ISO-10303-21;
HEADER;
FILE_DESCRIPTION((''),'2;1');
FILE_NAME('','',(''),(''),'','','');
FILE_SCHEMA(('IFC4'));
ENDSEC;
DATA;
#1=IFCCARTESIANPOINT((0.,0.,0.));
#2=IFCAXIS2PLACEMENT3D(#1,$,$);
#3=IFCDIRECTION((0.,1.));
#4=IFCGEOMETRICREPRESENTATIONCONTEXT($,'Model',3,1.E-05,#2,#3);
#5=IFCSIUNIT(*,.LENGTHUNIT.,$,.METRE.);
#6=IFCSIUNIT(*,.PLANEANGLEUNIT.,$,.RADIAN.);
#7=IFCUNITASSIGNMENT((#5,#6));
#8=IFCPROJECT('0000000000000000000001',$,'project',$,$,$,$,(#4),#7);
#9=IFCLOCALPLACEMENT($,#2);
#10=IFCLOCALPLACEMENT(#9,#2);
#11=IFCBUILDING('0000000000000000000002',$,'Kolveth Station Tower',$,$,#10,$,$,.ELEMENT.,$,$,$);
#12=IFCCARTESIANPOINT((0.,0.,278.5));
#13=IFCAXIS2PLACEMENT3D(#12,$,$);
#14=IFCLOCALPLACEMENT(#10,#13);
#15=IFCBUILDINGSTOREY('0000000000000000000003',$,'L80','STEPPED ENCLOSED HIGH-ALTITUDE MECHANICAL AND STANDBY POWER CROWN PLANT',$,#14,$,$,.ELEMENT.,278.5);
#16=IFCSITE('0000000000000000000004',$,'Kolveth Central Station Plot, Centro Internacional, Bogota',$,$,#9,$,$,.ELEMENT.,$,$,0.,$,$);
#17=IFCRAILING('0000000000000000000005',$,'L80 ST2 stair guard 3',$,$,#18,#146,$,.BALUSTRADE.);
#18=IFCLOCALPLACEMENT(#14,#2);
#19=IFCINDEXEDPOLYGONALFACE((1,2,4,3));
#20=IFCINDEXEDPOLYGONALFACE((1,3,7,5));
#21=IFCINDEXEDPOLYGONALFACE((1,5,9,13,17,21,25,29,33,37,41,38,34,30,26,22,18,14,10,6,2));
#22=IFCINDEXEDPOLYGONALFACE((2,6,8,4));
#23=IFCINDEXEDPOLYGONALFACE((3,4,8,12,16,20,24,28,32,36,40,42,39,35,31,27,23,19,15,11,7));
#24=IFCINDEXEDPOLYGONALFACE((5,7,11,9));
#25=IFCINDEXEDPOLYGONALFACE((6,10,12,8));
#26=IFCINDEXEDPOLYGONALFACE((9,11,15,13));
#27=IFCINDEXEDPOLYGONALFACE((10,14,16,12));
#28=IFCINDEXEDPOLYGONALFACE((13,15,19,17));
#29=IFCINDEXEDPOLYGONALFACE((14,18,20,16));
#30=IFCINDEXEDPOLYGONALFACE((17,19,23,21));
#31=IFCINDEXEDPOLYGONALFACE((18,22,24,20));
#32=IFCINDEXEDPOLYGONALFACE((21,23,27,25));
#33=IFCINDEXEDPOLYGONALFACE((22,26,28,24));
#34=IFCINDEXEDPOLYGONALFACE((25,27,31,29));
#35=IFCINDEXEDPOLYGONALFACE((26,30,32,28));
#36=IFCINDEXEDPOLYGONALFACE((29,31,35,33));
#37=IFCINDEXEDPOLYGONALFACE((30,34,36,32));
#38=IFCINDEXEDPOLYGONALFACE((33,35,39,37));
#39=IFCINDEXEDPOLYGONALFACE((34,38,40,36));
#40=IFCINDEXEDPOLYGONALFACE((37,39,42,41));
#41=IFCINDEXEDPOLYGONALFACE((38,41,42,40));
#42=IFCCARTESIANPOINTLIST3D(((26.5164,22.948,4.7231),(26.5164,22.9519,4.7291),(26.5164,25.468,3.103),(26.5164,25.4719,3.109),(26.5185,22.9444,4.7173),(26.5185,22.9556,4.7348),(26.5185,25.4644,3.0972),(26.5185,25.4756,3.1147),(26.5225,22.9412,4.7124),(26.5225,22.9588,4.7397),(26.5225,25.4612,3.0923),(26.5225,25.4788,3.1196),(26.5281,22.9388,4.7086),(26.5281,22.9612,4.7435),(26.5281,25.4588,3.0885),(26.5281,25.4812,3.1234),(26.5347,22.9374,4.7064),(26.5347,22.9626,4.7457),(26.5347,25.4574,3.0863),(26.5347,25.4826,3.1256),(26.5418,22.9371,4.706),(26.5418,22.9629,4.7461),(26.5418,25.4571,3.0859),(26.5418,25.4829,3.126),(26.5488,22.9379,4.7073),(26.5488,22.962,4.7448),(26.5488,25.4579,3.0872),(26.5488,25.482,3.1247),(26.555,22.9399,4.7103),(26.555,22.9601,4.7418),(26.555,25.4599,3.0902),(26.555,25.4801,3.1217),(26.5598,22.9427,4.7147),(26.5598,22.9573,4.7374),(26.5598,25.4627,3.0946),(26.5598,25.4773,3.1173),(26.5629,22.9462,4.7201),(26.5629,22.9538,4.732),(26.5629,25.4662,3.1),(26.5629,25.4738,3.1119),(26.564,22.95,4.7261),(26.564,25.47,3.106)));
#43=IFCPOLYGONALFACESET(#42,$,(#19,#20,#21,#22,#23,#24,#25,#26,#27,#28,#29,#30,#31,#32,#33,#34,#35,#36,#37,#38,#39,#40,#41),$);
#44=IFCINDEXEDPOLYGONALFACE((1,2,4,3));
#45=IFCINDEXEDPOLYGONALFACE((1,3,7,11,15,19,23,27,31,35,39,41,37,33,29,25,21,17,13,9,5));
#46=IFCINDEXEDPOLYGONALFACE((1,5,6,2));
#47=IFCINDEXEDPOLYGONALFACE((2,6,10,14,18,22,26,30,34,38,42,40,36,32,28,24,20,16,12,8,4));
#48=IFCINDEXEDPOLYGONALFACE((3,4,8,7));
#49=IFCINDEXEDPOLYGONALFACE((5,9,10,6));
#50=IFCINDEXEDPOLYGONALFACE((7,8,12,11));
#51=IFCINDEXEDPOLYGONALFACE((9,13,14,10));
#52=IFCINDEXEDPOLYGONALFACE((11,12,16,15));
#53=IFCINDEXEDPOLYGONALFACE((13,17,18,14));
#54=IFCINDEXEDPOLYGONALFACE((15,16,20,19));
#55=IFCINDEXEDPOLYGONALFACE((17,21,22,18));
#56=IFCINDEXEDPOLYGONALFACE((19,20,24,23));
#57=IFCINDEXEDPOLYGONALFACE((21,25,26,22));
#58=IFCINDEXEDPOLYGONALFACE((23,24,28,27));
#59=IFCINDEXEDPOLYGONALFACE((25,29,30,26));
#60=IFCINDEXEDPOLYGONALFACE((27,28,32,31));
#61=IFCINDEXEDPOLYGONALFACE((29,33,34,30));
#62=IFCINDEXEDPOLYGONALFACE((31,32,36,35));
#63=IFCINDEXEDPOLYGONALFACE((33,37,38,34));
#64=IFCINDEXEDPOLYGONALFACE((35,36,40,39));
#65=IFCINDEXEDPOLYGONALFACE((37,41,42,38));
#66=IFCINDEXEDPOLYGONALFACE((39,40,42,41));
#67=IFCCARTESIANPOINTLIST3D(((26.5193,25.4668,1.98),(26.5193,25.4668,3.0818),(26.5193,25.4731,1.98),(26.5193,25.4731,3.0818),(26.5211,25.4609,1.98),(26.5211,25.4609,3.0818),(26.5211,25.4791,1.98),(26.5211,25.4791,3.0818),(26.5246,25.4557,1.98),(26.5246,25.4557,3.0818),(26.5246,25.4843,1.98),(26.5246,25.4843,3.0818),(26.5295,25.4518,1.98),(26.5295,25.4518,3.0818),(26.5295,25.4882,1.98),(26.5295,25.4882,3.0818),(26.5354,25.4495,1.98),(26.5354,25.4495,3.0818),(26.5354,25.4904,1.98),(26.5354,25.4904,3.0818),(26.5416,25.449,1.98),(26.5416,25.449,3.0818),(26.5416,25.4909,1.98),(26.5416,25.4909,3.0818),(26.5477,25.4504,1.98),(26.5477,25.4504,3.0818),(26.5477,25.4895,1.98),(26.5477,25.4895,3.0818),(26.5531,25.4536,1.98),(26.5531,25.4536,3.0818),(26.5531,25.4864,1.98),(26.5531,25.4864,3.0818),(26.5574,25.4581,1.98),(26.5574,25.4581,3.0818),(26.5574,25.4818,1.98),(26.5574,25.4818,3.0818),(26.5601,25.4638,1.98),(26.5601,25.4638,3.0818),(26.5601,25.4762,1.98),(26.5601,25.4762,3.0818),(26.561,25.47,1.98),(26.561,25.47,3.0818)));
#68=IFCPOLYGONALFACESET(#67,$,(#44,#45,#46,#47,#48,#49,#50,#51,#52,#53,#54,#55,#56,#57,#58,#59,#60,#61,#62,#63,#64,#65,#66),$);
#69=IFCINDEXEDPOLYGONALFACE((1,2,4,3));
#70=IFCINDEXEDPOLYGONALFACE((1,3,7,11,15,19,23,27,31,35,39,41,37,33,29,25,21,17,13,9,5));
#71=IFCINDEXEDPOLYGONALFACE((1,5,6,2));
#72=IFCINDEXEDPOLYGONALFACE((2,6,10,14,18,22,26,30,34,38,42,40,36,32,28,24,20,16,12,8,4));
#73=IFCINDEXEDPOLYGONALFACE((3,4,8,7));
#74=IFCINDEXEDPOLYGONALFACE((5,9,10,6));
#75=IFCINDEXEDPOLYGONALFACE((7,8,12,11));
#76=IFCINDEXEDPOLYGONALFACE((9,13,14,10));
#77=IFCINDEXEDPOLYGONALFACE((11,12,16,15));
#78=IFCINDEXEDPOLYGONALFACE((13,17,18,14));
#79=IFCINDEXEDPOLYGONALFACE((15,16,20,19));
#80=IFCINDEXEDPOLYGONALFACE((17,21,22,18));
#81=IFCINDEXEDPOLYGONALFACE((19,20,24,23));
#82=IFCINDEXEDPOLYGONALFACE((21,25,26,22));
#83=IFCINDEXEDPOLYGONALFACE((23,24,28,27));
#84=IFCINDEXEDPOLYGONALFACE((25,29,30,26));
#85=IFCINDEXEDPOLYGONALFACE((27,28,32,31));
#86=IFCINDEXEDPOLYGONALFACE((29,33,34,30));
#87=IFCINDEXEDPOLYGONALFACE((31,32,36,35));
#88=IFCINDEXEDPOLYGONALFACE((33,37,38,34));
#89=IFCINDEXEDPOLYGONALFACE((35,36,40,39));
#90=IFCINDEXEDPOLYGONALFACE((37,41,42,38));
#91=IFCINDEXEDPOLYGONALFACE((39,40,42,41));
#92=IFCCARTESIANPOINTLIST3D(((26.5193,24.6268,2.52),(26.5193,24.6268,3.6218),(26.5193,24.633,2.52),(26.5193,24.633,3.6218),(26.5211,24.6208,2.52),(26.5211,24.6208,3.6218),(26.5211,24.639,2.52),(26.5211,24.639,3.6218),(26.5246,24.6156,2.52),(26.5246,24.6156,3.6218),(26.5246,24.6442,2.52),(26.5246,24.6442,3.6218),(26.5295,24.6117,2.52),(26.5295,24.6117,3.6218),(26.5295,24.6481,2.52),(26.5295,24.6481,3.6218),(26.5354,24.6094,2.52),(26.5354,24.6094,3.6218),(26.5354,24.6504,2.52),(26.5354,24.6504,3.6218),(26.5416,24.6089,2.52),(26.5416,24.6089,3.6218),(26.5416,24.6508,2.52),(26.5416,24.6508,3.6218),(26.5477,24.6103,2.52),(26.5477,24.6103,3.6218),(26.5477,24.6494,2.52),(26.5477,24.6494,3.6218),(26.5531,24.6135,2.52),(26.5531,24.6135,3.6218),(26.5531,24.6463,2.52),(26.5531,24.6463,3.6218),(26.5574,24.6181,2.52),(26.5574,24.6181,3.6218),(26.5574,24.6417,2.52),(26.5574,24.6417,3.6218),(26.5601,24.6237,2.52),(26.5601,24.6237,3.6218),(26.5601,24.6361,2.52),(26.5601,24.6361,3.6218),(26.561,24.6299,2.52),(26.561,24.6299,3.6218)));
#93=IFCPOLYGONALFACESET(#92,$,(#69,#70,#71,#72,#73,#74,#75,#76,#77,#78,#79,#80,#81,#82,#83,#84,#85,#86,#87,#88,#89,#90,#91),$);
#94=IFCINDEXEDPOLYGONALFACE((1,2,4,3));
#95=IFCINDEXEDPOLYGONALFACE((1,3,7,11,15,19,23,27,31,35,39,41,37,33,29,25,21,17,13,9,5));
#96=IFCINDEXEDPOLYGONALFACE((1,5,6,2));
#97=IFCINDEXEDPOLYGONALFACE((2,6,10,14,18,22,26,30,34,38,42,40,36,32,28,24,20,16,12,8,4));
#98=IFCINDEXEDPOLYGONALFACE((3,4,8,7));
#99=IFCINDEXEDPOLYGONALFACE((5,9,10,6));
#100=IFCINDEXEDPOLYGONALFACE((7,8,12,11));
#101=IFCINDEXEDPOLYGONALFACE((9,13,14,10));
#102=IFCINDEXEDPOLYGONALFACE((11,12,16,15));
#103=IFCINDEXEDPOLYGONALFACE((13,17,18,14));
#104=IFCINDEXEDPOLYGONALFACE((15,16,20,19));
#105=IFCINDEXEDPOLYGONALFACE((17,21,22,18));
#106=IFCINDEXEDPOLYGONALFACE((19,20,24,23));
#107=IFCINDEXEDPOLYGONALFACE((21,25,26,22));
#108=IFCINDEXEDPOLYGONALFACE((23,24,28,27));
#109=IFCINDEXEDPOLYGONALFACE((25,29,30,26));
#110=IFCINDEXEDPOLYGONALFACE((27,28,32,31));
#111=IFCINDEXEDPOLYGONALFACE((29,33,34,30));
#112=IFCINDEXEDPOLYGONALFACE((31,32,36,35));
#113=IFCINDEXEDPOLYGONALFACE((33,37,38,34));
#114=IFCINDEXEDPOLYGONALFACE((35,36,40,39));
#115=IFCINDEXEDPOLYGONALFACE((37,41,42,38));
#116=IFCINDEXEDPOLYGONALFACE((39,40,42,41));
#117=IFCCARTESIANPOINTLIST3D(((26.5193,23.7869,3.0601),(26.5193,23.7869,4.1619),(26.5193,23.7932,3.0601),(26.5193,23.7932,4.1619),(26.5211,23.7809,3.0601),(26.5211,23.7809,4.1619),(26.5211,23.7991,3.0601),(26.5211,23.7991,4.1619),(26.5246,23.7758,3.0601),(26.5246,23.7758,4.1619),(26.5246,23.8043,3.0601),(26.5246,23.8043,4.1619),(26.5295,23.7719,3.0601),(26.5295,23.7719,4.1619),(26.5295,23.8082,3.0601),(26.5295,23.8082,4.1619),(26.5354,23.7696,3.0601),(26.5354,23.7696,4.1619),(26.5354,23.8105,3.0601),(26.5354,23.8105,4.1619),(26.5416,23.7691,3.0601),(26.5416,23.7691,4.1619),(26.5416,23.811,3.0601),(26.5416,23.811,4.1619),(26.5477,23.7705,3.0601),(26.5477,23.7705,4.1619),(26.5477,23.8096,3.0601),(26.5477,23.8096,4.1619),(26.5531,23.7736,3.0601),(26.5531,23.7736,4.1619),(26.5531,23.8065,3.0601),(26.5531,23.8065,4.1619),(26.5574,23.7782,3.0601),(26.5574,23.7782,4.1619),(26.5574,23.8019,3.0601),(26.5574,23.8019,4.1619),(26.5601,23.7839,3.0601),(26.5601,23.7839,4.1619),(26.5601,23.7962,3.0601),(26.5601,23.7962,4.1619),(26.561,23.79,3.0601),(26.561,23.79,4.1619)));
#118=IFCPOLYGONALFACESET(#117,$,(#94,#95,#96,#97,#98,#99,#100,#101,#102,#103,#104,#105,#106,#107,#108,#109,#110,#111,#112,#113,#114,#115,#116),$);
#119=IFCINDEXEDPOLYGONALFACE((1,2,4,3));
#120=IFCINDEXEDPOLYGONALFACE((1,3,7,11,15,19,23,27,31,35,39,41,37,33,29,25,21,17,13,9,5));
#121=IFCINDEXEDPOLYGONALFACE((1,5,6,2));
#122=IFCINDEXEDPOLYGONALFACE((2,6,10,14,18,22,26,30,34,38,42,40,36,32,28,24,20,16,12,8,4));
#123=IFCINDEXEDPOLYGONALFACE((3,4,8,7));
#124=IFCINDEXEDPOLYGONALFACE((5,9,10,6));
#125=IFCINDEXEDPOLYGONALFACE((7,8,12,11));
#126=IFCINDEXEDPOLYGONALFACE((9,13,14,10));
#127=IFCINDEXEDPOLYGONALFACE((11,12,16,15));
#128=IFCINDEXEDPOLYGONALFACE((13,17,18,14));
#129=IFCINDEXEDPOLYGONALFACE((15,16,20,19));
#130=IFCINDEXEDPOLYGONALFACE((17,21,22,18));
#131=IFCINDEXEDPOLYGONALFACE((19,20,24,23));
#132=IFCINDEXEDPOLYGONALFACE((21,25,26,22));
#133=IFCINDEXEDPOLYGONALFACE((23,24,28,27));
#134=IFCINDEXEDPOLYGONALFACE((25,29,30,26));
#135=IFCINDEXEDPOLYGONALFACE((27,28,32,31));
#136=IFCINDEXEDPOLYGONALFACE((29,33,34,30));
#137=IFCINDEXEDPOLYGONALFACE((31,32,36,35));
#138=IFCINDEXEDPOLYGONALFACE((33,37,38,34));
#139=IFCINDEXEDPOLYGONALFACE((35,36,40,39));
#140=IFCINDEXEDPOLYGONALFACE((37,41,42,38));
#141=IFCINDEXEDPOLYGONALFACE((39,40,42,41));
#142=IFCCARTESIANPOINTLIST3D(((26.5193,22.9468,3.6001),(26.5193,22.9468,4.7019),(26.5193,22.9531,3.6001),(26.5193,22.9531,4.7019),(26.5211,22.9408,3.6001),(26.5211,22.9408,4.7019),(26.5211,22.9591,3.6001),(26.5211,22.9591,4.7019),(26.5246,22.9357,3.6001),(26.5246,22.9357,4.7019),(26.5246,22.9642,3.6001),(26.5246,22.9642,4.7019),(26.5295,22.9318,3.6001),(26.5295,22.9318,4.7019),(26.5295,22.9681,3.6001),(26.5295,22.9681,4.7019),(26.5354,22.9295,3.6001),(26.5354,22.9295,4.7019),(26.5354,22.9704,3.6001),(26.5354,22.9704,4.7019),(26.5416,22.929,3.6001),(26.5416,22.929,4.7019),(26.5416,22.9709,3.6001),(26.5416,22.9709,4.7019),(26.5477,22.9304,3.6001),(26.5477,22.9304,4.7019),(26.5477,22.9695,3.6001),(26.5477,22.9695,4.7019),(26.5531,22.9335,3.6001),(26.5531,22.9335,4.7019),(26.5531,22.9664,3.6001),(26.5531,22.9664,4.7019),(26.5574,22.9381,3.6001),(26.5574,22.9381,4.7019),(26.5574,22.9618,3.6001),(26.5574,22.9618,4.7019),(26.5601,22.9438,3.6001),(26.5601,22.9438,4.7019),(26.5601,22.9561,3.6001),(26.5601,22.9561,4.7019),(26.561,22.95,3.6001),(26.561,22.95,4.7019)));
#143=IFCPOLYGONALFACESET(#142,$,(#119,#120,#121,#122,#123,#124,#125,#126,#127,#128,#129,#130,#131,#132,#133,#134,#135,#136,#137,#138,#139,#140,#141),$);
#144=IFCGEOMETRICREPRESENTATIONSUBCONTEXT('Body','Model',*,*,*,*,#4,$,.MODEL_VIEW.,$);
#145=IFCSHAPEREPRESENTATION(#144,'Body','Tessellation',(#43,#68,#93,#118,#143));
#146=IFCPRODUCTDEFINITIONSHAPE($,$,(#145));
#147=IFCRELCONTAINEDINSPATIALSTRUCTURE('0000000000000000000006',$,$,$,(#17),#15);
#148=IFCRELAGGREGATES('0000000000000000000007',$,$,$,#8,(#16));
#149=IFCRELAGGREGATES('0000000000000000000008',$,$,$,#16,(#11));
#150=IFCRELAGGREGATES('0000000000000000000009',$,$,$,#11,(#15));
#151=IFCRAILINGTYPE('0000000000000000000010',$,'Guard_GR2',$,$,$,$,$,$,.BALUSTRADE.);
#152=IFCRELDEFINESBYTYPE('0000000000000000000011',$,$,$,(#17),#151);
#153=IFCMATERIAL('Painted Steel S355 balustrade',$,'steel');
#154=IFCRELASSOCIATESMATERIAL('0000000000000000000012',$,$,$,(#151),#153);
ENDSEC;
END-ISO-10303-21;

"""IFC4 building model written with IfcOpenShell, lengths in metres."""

from ifc_helpers import new_model, si_unit, direction, frame, origin, origin_2d, place, context, subcontext, project, spatial, circle, extrude, material, type_object, element, save


model = new_model("IFC4")

# Units and contexts
model_context = context("Model", 3, precision=1e-05, world=origin(), true_north=direction((0.0, 1.0)))
body_context = subcontext(model_context, "Body", "Model", "MODEL_VIEW")
ifc_project = project(units=[si_unit("LENGTHUNIT", "METRE"), si_unit("PLANEANGLEUNIT", "RADIAN")], contexts=[model_context])

# Site, building, storey
site_placement = place(None, origin())
site = spatial("IfcSite", under=ifc_project, at=site_placement, Name="Kolveth Central Station Plot, Centro Internacional, Bogota", CompositionType="ELEMENT", RefElevation=0.0)
building_placement = place(site_placement, origin())
building = spatial("IfcBuilding", under=site, at=building_placement, Name="Kolveth Station Tower", CompositionType="ELEMENT")
storey_placement = place(building_placement, frame((0.0, 0.0, 278.5)))
storey = spatial("IfcBuildingStorey", under=building, at=storey_placement, Name="L80", Description="STEPPED ENCLOSED HIGH-ALTITUDE MECHANICAL AND STANDBY POWER CROWN PLANT", CompositionType="ELEMENT", Elevation=278.5)

# Railing
ifc_material_1 = material(Name="Painted Steel S355 balustrade", Category="steel")
railing_type_1 = type_object("IfcRailingType", Name="Guard_GR2", PredefinedType="BALUSTRADE", material=ifc_material_1)
railing_1_placement = place(storey_placement, frame((26.54, 25.47, 1.98)))
element("IfcRailing", 1, at=railing_1_placement, inside=storey, type_object=railing_type_1, Name="L80 ST2 stair guard 3", PredefinedType="BALUSTRADE", context=body_context, shape_type="SweptSolid", body=[
    extrude(circle(Radius=0.0239, at=origin_2d()), frame((0.0, 0.0, 1.126), z_axis=(0.0, -0.841163, 0.540782), x_axis=(1.0, 0.0, 0.0)), (0.0, 0.0, 1.0), 2.9958),
    extrude(circle(Radius=0.021, at=origin_2d()), origin(), (0.0, 0.0, 1.0), 1.1018),
    extrude(circle(Radius=0.021, at=origin_2d()), frame((0.0, -0.8401, 0.54)), (0.0, 0.0, 1.0), 1.1018),
    extrude(circle(Radius=0.021, at=origin_2d()), frame((0.0, -1.6799, 1.0801)), (0.0, 0.0, 1.0), 1.1018),
    extrude(circle(Radius=0.021, at=origin_2d()), frame((0.0, -2.52, 1.6201)), (0.0, 0.0, 1.0), 1.1018),
])

save(model, "model.ifc")
